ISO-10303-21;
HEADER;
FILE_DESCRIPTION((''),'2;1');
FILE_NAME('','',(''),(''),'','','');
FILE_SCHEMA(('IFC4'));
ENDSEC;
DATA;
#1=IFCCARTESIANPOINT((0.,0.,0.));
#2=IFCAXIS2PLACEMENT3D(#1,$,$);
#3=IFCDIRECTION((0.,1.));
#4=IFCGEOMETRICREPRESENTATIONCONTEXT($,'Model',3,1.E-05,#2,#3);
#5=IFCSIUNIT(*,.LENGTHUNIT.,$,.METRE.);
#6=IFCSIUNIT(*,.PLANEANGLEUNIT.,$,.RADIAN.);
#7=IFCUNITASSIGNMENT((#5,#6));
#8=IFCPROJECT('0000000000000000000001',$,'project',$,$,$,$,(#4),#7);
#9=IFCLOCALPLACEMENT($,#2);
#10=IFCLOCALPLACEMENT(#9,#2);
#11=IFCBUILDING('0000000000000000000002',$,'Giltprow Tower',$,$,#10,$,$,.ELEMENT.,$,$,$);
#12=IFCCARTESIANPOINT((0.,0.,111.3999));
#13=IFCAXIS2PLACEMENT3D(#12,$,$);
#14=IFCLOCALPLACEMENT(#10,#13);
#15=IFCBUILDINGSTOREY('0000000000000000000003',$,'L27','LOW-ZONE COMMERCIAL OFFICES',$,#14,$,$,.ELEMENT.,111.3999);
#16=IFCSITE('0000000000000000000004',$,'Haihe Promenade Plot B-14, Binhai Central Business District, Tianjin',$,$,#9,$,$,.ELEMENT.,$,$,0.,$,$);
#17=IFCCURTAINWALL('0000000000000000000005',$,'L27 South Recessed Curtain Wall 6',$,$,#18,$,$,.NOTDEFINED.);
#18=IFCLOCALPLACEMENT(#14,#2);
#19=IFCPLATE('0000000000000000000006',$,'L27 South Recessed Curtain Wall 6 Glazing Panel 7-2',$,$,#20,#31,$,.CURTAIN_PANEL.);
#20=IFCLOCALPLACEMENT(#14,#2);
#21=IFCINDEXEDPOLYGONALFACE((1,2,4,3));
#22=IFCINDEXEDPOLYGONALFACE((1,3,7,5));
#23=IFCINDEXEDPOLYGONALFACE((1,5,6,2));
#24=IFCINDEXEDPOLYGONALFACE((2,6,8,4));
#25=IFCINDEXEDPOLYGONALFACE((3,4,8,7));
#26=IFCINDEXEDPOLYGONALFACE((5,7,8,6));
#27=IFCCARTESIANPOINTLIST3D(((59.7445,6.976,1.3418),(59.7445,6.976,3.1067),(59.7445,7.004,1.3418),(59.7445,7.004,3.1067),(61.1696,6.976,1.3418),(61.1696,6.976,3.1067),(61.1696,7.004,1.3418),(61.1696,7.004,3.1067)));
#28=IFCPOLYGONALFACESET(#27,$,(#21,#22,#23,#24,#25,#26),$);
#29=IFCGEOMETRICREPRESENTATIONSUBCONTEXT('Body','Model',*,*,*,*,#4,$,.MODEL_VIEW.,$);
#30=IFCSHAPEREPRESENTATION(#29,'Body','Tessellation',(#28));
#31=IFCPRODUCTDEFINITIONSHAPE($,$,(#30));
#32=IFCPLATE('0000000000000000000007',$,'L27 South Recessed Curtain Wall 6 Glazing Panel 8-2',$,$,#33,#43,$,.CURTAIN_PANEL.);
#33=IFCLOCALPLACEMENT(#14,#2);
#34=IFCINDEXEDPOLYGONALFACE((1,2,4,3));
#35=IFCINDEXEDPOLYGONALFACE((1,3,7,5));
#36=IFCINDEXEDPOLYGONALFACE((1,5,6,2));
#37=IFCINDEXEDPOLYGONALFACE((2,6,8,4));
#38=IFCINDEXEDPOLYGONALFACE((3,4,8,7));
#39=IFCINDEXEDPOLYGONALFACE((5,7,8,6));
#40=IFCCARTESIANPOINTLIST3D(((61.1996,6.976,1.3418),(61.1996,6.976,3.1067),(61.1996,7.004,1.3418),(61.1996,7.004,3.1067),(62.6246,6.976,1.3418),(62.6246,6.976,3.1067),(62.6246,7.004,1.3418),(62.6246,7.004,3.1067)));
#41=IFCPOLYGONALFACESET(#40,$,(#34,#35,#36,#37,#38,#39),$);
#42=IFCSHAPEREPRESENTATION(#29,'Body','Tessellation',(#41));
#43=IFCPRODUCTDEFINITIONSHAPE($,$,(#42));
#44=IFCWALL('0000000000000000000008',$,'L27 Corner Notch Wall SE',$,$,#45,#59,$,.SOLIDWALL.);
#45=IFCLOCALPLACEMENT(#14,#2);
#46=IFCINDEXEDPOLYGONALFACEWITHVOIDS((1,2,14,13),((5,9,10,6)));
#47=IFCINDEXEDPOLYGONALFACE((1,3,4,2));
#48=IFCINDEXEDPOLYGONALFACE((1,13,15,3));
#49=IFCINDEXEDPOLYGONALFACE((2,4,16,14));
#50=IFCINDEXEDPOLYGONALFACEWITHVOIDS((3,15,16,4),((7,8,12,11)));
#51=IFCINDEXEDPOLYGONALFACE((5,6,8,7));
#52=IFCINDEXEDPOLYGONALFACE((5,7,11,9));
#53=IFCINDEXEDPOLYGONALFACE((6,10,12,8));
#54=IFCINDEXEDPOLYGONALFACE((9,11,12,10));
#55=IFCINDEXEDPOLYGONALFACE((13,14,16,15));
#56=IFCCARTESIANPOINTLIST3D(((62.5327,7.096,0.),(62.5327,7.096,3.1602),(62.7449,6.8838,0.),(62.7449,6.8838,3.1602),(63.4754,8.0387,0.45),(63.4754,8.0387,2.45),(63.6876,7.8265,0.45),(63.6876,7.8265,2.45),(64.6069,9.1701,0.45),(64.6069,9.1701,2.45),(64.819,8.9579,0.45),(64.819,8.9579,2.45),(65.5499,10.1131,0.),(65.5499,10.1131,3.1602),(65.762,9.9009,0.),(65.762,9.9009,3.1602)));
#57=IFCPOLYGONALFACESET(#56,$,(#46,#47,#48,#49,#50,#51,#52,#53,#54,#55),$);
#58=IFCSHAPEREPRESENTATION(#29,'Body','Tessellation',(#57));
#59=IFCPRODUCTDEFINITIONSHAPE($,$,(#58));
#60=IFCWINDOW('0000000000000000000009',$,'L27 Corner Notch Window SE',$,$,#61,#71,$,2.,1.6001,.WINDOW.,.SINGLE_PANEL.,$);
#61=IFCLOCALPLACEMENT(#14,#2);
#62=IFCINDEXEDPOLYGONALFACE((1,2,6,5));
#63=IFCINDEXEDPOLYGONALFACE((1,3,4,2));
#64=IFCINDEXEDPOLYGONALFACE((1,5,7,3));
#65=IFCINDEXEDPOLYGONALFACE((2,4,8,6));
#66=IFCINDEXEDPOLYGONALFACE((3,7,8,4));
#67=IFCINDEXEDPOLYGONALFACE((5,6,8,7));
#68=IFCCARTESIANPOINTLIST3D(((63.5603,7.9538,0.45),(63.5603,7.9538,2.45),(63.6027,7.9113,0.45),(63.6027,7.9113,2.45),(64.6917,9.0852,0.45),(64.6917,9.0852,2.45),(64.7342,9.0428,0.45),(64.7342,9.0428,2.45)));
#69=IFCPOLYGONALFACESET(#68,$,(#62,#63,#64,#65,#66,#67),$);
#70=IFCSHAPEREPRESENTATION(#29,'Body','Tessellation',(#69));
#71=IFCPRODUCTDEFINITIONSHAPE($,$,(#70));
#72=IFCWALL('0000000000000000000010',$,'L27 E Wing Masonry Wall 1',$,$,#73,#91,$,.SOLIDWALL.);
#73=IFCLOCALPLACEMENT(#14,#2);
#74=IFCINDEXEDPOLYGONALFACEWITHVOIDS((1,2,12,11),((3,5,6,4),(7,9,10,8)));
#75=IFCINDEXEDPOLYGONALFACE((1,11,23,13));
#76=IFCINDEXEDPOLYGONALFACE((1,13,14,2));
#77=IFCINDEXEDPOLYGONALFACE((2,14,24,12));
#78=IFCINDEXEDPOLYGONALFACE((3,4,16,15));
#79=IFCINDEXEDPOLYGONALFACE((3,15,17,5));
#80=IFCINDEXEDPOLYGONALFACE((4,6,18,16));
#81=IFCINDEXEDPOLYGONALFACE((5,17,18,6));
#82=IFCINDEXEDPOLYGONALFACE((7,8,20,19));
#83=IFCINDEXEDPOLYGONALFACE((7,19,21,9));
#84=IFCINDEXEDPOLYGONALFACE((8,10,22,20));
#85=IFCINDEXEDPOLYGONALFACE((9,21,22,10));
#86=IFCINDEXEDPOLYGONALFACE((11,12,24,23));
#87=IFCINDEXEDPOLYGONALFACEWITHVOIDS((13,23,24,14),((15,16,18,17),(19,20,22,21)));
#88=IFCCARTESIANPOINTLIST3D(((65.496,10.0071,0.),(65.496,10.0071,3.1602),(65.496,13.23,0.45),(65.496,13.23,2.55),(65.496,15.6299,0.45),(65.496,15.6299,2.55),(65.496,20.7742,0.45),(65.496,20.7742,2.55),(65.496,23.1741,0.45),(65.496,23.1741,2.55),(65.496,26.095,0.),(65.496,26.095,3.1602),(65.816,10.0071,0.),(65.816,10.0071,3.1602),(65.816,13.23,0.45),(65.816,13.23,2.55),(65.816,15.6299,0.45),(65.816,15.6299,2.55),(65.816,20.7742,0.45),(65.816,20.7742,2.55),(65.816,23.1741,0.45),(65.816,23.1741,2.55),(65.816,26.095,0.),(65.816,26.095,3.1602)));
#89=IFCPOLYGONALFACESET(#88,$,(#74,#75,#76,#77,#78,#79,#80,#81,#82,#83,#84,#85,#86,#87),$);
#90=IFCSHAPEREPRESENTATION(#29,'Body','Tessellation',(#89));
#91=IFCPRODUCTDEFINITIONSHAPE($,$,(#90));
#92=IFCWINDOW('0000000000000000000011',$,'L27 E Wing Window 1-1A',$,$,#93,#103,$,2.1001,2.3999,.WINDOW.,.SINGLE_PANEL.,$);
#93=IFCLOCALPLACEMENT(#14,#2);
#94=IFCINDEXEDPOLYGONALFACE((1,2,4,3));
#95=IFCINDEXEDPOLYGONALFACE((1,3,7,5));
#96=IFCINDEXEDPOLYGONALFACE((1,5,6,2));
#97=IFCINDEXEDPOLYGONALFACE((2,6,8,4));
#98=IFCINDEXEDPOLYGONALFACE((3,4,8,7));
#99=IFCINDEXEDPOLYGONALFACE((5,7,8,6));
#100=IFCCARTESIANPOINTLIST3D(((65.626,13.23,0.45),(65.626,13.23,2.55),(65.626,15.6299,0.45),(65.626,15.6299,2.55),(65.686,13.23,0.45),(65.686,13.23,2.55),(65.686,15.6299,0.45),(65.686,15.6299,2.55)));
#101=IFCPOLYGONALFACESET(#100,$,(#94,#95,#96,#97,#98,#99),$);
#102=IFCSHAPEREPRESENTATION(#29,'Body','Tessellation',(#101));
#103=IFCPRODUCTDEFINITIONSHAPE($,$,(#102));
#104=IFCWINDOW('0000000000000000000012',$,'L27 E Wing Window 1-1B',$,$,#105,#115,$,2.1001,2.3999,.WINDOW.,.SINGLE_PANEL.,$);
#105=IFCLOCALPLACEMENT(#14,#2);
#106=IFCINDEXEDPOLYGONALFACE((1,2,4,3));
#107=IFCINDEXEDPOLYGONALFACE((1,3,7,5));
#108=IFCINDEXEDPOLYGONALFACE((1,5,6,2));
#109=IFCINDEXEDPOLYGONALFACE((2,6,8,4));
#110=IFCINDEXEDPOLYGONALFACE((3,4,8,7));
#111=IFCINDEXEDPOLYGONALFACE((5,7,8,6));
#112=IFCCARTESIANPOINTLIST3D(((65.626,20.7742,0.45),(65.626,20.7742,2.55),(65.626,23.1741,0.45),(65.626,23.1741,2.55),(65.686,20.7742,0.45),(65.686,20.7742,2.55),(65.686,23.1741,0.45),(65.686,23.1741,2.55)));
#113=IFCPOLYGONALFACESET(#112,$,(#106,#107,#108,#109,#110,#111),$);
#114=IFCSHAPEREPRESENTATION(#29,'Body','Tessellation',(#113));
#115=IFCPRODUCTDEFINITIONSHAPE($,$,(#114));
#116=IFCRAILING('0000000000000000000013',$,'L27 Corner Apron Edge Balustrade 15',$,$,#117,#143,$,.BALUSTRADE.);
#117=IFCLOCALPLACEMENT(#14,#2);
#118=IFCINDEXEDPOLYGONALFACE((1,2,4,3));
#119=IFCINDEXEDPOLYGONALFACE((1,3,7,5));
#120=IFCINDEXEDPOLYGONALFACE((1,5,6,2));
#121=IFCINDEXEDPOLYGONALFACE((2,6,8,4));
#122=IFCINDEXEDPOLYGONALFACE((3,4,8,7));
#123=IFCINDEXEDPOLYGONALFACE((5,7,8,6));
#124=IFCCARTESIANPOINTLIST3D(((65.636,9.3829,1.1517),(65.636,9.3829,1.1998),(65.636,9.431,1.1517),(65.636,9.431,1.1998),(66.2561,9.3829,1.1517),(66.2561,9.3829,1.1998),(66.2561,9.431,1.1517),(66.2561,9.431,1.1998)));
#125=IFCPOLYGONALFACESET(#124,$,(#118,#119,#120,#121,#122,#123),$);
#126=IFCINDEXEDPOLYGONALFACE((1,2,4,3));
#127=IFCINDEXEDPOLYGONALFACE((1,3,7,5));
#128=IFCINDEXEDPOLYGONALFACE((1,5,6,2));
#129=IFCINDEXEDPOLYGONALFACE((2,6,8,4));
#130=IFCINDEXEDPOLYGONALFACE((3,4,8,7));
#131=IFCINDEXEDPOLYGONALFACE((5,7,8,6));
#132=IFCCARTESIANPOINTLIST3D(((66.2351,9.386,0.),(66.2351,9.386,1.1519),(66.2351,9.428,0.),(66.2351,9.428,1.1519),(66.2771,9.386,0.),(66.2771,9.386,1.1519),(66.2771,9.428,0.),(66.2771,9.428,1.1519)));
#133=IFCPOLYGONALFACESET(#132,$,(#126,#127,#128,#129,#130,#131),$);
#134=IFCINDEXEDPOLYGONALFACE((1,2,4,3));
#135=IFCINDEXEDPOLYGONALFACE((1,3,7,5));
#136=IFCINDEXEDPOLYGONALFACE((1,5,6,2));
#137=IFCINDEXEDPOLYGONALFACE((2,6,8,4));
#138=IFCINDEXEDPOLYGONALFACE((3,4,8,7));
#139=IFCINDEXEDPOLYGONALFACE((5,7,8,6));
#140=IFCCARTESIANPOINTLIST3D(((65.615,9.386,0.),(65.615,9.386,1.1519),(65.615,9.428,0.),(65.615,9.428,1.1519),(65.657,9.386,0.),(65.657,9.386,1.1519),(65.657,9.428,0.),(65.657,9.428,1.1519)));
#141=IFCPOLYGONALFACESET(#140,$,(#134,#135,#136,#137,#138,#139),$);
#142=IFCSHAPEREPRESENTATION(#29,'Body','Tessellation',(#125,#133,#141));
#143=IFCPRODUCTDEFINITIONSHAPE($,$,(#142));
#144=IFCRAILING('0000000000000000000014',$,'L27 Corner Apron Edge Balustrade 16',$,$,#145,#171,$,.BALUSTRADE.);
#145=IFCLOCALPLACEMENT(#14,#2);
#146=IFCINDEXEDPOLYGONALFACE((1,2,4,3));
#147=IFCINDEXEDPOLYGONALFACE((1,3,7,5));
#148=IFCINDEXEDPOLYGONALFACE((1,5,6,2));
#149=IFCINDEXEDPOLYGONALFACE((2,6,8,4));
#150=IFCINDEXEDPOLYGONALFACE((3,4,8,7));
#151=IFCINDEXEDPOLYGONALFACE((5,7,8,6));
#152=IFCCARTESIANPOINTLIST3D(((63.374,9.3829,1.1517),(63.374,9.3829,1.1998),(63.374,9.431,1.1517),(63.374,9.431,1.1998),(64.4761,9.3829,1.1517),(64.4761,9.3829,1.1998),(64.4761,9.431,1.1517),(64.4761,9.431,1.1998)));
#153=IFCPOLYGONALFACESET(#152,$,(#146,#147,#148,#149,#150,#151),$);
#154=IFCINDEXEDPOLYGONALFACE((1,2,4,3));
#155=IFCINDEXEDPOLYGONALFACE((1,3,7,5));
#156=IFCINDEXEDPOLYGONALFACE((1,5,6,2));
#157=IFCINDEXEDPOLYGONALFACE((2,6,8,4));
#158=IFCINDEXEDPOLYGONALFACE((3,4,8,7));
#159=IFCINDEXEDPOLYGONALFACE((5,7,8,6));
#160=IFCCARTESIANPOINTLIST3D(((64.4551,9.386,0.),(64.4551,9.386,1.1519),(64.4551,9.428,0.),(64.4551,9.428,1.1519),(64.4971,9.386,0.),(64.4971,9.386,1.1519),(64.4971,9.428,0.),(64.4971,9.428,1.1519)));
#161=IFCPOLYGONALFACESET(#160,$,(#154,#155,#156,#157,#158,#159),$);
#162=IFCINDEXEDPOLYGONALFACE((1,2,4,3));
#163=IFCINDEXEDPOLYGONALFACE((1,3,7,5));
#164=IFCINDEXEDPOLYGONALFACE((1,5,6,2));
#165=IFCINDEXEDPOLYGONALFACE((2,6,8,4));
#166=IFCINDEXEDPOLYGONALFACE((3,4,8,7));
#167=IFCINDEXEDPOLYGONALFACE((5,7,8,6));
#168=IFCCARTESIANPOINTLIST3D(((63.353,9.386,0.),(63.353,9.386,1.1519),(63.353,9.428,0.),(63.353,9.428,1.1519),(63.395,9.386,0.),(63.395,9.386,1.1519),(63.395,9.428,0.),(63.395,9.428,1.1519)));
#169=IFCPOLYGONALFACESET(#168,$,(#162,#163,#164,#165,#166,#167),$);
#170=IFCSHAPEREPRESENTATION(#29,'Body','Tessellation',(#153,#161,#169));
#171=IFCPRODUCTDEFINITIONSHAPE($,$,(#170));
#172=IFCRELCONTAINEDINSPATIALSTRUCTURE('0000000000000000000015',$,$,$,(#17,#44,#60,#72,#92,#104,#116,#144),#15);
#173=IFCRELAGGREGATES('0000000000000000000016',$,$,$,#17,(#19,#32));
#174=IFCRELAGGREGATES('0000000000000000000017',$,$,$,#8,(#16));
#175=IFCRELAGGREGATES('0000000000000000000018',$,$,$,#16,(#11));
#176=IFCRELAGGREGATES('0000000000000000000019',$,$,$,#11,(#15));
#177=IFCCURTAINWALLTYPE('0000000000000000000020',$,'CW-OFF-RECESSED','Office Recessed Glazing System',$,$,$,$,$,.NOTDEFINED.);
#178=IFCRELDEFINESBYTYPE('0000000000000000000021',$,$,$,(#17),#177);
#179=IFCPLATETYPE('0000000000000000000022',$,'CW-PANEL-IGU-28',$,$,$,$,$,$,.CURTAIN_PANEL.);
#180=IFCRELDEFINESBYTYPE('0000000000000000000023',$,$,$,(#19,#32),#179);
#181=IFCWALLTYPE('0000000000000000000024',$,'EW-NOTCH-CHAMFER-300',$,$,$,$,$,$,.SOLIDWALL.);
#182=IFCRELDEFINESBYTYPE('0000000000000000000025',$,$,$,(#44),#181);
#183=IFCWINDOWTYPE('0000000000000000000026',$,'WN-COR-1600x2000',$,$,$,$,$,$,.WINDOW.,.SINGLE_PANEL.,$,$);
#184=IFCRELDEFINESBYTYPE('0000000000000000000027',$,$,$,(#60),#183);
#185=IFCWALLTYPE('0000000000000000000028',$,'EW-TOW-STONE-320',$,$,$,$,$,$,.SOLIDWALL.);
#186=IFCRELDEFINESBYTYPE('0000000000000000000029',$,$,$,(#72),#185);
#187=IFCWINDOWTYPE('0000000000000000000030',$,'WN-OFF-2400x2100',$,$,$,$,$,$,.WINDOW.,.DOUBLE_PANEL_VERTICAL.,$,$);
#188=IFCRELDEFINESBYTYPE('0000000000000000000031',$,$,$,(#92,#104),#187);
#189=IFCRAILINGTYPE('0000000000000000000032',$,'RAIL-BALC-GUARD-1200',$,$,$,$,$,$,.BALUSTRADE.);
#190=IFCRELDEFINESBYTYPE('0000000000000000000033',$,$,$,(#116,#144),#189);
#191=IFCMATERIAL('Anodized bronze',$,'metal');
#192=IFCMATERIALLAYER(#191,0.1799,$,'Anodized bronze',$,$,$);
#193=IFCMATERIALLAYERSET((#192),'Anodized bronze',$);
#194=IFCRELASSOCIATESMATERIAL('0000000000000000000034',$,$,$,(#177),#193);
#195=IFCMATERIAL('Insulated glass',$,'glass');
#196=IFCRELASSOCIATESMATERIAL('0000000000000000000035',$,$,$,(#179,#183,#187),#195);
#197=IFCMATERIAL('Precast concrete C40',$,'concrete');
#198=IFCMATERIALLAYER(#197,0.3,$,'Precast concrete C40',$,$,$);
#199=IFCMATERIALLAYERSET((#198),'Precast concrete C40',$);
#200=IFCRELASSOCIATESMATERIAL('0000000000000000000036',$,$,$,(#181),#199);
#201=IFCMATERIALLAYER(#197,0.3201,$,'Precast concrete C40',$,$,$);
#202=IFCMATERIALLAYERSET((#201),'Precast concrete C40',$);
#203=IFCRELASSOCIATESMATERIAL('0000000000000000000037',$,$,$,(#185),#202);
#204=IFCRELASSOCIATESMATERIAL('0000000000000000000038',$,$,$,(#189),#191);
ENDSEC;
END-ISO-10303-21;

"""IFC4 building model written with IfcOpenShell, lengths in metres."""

from ifc_helpers import new_model, si_unit, direction, frame, frame_2d, origin, origin_2d, place, context, subcontext, project, spatial, rectangle, extrude, source, transform, mapped, material, layer, layer_set, type_object, element, fill, aggregate, save


model = new_model("IFC4")

# Units and contexts
model_context = context("Model", 3, precision=1e-05, world=origin(), true_north=direction((0.0, 1.0)))
body_context = subcontext(model_context, "Body", "Model", "MODEL_VIEW")
ifc_project = project(units=[si_unit("LENGTHUNIT", "METRE"), si_unit("PLANEANGLEUNIT", "RADIAN")], contexts=[model_context])

# Site, building, storey
site_placement = place(None, origin())
site = spatial("IfcSite", under=ifc_project, at=site_placement, Name="Haihe Promenade Plot B-14, Binhai Central Business District, Tianjin", CompositionType="ELEMENT", RefElevation=0.0)
building_placement = place(site_placement, origin())
building = spatial("IfcBuilding", under=site, at=building_placement, Name="Giltprow Tower", CompositionType="ELEMENT")
storey_placement = place(building_placement, frame((0.0, 0.0, 111.3999)))
storey = spatial("IfcBuildingStorey", under=building, at=storey_placement, Name="L27", Description="LOW-ZONE COMMERCIAL OFFICES", CompositionType="ELEMENT", Elevation=111.3999)

# Curtain wall, plates
ifc_material_1 = material(Name="Anodized bronze", Category="metal")
ifc_layer_1 = layer(ifc_material_1, 0.1799, Name="Anodized bronze")
ifc_layer_set_1 = layer_set([ifc_layer_1], Name="Anodized bronze")
curtain_wall_type = type_object("IfcCurtainWallType", Name="CW-OFF-RECESSED", Description="Office Recessed Glazing System", PredefinedType="NOTDEFINED", material=ifc_layer_set_1)
curtain_wall_placement = place(storey_placement, origin())
curtain_wall = element("IfcCurtainWall", 1, at=curtain_wall_placement, inside=storey, type_object=curtain_wall_type, Name="L27 South Recessed Curtain Wall 6", PredefinedType="NOTDEFINED")
ifc_material_2 = material(Name="Insulated glass", Category="glass")
plate_type = type_object("IfcPlateType", Name="CW-PANEL-IGU-28", PredefinedType="CURTAIN_PANEL", material=ifc_material_2)
shared_shape_1 = source(origin(), body_context, "Body", "SweptSolid", [
    extrude(rectangle(XDim=1.425, YDim=0.0281, at=origin_2d()), origin(), (0.0, 0.0, 1.0), 1.7649),
])
plate_1_placement = place(storey_placement, frame((60.457, 6.99, 1.3418), z_axis=(0.0, 0.0, 1.0), x_axis=(1.0, 0.0, 0.0)))
plate_1 = element("IfcPlate", 2, at=plate_1_placement, type_object=plate_type, Name="L27 South Recessed Curtain Wall 6 Glazing Panel 7-2", PredefinedType="CURTAIN_PANEL", context=body_context, shape_type="MappedRepresentation", body=[
    mapped(shared_shape_1, transform((0.0, 0.0, 0.0), x_axis=(1.0, 0.0, 0.0), y_axis=(0.0, 1.0, 0.0), z_axis=(0.0, 0.0, 1.0), scale=1.0)),
])
plate_2_placement = place(storey_placement, frame((61.9121, 6.99, 1.3418), z_axis=(0.0, 0.0, 1.0), x_axis=(1.0, 0.0, 0.0)))
plate_2 = element("IfcPlate", 3, at=plate_2_placement, type_object=plate_type, Name="L27 South Recessed Curtain Wall 6 Glazing Panel 8-2", PredefinedType="CURTAIN_PANEL", context=body_context, shape_type="MappedRepresentation", body=[
    mapped(shared_shape_1, transform((0.0, 0.0, 0.0), x_axis=(1.0, 0.0, 0.0), y_axis=(0.0, 1.0, 0.0), z_axis=(0.0, 0.0, 1.0), scale=1.0)),
])
aggregate(curtain_wall, [plate_1, plate_2])

# Wall, opening, window
ifc_material_3 = material(Name="Precast concrete C40", Category="concrete")
ifc_layer_2 = layer(ifc_material_3, 0.3, Name="Precast concrete C40")
ifc_layer_set_2 = layer_set([ifc_layer_2], Name="Precast concrete C40")
wall_type_1 = type_object("IfcWallType", Name="EW-NOTCH-CHAMFER-300", PredefinedType="SOLIDWALL", material=ifc_layer_set_2)
wall_1_placement = place(storey_placement, frame((62.6389, 6.99, 0.0), z_axis=(0.0, 0.0, 1.0), x_axis=(0.707107, 0.707107, 0.0)))
wall_1 = element("IfcWall", 4, at=wall_1_placement, inside=storey, type_object=wall_type_1, Name="L27 Corner Notch Wall SE", PredefinedType="SOLIDWALL", context=body_context, shape_type="SweptSolid", body=[
    extrude(rectangle(XDim=4.2668, YDim=0.3, at=frame_2d((2.1333, 0.0))), origin(), (0.0, 0.0, 1.0), 3.1602),
])
opening_1_placement = place(wall_1_placement, frame((1.333, 0.0, 0.45)))
opening_1 = element("IfcOpeningElement", 5, at=opening_1_placement, cuts=wall_1, PredefinedType="OPENING", context=body_context, shape_type="SweptSolid", body=[
    extrude(rectangle(XDim=1.6001, YDim=2.0, at=frame_2d((0.8, 1.0))), frame((0.0, 0.1599, 0.0), z_axis=(0.0, -1.0, 0.0), x_axis=(1.0, 0.0, 0.0)), (0.0, 0.0, 1.0), 0.3201),
])
window_type_1 = type_object("IfcWindowType", Name="WN-COR-1600x2000", PartitioningType="SINGLE_PANEL", PredefinedType="WINDOW", material=ifc_material_2)
shared_shape_2 = source(origin(), body_context, "Body", "SweptSolid", [
    extrude(rectangle(XDim=1.6001, YDim=2.0, at=frame_2d((0.8, 1.0))), frame((0.0, 0.03, 0.0), z_axis=(0.0, -1.0, 0.0), x_axis=(1.0, 0.0, 0.0)), (0.0, 0.0, 1.0), 0.0601),
])
window_1_placement = place(opening_1_placement, origin())
window_1 = element("IfcWindow", 6, at=window_1_placement, inside=storey, type_object=window_type_1, Name="L27 Corner Notch Window SE", OverallHeight=2.0, OverallWidth=1.6001, PartitioningType="SINGLE_PANEL", PredefinedType="WINDOW", context=body_context, shape_type="MappedRepresentation", body=[
    mapped(shared_shape_2, transform((0.0, 0.0, 0.0), x_axis=(1.0, 0.0, 0.0), y_axis=(0.0, 1.0, 0.0), z_axis=(0.0, 0.0, 1.0), scale=1.0)),
])
fill(opening_1, window_1)

# Wall, openings, windows
ifc_layer_3 = layer(ifc_material_3, 0.3201, Name="Precast concrete C40")
ifc_layer_set_3 = layer_set([ifc_layer_3], Name="Precast concrete C40")
wall_type_2 = type_object("IfcWallType", Name="EW-TOW-STONE-320", PredefinedType="SOLIDWALL", material=ifc_layer_set_3)
wall_2_placement = place(storey_placement, frame((65.656, 10.0071, 0.0), z_axis=(0.0, 0.0, 1.0), x_axis=(0.0, 1.0, 0.0)))
wall_2 = element("IfcWall", 7, at=wall_2_placement, inside=storey, type_object=wall_type_2, Name="L27 E Wing Masonry Wall 1", PredefinedType="SOLIDWALL", context=body_context, shape_type="SweptSolid", body=[
    extrude(rectangle(XDim=16.0879, YDim=0.3201, at=frame_2d((8.0439, 0.0))), origin(), (0.0, 0.0, 1.0), 3.1602),
])
opening_2_placement = place(wall_2_placement, frame((3.2229, 0.0, 0.45)))
opening_2 = element("IfcOpeningElement", 8, at=opening_2_placement, cuts=wall_2, PredefinedType="OPENING", context=body_context, shape_type="SweptSolid", body=[
    extrude(rectangle(XDim=2.3999, YDim=2.1001, at=frame_2d((1.2, 1.05))), frame((0.0, 0.1699, 0.0), z_axis=(0.0, -1.0, 0.0), x_axis=(1.0, 0.0, 0.0)), (0.0, 0.0, 1.0), 0.3401),
])
opening_3_placement = place(wall_2_placement, frame((10.7671, 0.0, 0.45)))
opening_3 = element("IfcOpeningElement", 9, at=opening_3_placement, cuts=wall_2, PredefinedType="OPENING", context=body_context, shape_type="SweptSolid", body=[
    extrude(rectangle(XDim=2.3999, YDim=2.1001, at=frame_2d((1.2, 1.05))), frame((0.0, 0.1699, 0.0), z_axis=(0.0, -1.0, 0.0), x_axis=(1.0, 0.0, 0.0)), (0.0, 0.0, 1.0), 0.3401),
])
window_type_2 = type_object("IfcWindowType", Name="WN-OFF-2400x2100", PartitioningType="DOUBLE_PANEL_VERTICAL", PredefinedType="WINDOW", material=ifc_material_2)
shared_shape_3 = source(origin(), body_context, "Body", "SweptSolid", [
    extrude(rectangle(XDim=2.3999, YDim=2.1001, at=frame_2d((1.2, 1.05))), frame((0.0, 0.03, 0.0), z_axis=(0.0, -1.0, 0.0), x_axis=(1.0, 0.0, 0.0)), (0.0, 0.0, 1.0), 0.0601),
])
window_2_placement = place(opening_2_placement, origin())
window_2 = element("IfcWindow", 10, at=window_2_placement, inside=storey, type_object=window_type_2, Name="L27 E Wing Window 1-1A", OverallHeight=2.1001, OverallWidth=2.3999, PartitioningType="SINGLE_PANEL", PredefinedType="WINDOW", context=body_context, shape_type="MappedRepresentation", body=[
    mapped(shared_shape_3, transform((0.0, 0.0, 0.0), x_axis=(1.0, 0.0, 0.0), y_axis=(0.0, 1.0, 0.0), z_axis=(0.0, 0.0, 1.0), scale=1.0)),
])
fill(opening_2, window_2)
window_3_placement = place(opening_3_placement, origin())
window_3 = element("IfcWindow", 11, at=window_3_placement, inside=storey, type_object=window_type_2, Name="L27 E Wing Window 1-1B", OverallHeight=2.1001, OverallWidth=2.3999, PartitioningType="SINGLE_PANEL", PredefinedType="WINDOW", context=body_context, shape_type="MappedRepresentation", body=[
    mapped(shared_shape_3, transform((0.0, 0.0, 0.0), x_axis=(1.0, 0.0, 0.0), y_axis=(0.0, 1.0, 0.0), z_axis=(0.0, 0.0, 1.0), scale=1.0)),
])
fill(opening_3, window_3)

# Railings
railing_type = type_object("IfcRailingType", Name="RAIL-BALC-GUARD-1200", PredefinedType="BALUSTRADE", material=ifc_material_1)
railing_1_placement = place(storey_placement, frame((66.2561, 9.407, 0.0)))
element("IfcRailing", 12, at=railing_1_placement, inside=storey, type_object=railing_type, Name="L27 Corner Apron Edge Balustrade 15", PredefinedType="BALUSTRADE", context=body_context, shape_type="SweptSolid", body=[
    extrude(rectangle(XDim=0.0481, YDim=0.0481, at=origin_2d()), frame((0.0, 0.0, 1.1758), z_axis=(-1.0, 0.0, 0.0), x_axis=(0.0, -1.0, 0.0)), (0.0, 0.0, 1.0), 0.6201),
    extrude(rectangle(XDim=0.042, YDim=0.042, at=origin_2d()), origin(), (0.0, 0.0, 1.0), 1.1519),
    extrude(rectangle(XDim=0.042, YDim=0.042, at=origin_2d()), frame((-0.6201, 0.0, 0.0)), (0.0, 0.0, 1.0), 1.1519),
])
railing_2_placement = place(storey_placement, frame((64.4761, 9.407, 0.0)))
element("IfcRailing", 13, at=railing_2_placement, inside=storey, type_object=railing_type, Name="L27 Corner Apron Edge Balustrade 16", PredefinedType="BALUSTRADE", context=body_context, shape_type="SweptSolid", body=[
    extrude(rectangle(XDim=0.0481, YDim=0.0481, at=origin_2d()), frame((0.0, 0.0, 1.1758), z_axis=(-1.0, 0.0, 0.0), x_axis=(0.0, -1.0, 0.0)), (0.0, 0.0, 1.0), 1.1021),
    extrude(rectangle(XDim=0.042, YDim=0.042, at=origin_2d()), origin(), (0.0, 0.0, 1.0), 1.1519),
    extrude(rectangle(XDim=0.042, YDim=0.042, at=origin_2d()), frame((-1.1021, 0.0, 0.0)), (0.0, 0.0, 1.0), 1.1519),
])

save(model, "model.ifc")
